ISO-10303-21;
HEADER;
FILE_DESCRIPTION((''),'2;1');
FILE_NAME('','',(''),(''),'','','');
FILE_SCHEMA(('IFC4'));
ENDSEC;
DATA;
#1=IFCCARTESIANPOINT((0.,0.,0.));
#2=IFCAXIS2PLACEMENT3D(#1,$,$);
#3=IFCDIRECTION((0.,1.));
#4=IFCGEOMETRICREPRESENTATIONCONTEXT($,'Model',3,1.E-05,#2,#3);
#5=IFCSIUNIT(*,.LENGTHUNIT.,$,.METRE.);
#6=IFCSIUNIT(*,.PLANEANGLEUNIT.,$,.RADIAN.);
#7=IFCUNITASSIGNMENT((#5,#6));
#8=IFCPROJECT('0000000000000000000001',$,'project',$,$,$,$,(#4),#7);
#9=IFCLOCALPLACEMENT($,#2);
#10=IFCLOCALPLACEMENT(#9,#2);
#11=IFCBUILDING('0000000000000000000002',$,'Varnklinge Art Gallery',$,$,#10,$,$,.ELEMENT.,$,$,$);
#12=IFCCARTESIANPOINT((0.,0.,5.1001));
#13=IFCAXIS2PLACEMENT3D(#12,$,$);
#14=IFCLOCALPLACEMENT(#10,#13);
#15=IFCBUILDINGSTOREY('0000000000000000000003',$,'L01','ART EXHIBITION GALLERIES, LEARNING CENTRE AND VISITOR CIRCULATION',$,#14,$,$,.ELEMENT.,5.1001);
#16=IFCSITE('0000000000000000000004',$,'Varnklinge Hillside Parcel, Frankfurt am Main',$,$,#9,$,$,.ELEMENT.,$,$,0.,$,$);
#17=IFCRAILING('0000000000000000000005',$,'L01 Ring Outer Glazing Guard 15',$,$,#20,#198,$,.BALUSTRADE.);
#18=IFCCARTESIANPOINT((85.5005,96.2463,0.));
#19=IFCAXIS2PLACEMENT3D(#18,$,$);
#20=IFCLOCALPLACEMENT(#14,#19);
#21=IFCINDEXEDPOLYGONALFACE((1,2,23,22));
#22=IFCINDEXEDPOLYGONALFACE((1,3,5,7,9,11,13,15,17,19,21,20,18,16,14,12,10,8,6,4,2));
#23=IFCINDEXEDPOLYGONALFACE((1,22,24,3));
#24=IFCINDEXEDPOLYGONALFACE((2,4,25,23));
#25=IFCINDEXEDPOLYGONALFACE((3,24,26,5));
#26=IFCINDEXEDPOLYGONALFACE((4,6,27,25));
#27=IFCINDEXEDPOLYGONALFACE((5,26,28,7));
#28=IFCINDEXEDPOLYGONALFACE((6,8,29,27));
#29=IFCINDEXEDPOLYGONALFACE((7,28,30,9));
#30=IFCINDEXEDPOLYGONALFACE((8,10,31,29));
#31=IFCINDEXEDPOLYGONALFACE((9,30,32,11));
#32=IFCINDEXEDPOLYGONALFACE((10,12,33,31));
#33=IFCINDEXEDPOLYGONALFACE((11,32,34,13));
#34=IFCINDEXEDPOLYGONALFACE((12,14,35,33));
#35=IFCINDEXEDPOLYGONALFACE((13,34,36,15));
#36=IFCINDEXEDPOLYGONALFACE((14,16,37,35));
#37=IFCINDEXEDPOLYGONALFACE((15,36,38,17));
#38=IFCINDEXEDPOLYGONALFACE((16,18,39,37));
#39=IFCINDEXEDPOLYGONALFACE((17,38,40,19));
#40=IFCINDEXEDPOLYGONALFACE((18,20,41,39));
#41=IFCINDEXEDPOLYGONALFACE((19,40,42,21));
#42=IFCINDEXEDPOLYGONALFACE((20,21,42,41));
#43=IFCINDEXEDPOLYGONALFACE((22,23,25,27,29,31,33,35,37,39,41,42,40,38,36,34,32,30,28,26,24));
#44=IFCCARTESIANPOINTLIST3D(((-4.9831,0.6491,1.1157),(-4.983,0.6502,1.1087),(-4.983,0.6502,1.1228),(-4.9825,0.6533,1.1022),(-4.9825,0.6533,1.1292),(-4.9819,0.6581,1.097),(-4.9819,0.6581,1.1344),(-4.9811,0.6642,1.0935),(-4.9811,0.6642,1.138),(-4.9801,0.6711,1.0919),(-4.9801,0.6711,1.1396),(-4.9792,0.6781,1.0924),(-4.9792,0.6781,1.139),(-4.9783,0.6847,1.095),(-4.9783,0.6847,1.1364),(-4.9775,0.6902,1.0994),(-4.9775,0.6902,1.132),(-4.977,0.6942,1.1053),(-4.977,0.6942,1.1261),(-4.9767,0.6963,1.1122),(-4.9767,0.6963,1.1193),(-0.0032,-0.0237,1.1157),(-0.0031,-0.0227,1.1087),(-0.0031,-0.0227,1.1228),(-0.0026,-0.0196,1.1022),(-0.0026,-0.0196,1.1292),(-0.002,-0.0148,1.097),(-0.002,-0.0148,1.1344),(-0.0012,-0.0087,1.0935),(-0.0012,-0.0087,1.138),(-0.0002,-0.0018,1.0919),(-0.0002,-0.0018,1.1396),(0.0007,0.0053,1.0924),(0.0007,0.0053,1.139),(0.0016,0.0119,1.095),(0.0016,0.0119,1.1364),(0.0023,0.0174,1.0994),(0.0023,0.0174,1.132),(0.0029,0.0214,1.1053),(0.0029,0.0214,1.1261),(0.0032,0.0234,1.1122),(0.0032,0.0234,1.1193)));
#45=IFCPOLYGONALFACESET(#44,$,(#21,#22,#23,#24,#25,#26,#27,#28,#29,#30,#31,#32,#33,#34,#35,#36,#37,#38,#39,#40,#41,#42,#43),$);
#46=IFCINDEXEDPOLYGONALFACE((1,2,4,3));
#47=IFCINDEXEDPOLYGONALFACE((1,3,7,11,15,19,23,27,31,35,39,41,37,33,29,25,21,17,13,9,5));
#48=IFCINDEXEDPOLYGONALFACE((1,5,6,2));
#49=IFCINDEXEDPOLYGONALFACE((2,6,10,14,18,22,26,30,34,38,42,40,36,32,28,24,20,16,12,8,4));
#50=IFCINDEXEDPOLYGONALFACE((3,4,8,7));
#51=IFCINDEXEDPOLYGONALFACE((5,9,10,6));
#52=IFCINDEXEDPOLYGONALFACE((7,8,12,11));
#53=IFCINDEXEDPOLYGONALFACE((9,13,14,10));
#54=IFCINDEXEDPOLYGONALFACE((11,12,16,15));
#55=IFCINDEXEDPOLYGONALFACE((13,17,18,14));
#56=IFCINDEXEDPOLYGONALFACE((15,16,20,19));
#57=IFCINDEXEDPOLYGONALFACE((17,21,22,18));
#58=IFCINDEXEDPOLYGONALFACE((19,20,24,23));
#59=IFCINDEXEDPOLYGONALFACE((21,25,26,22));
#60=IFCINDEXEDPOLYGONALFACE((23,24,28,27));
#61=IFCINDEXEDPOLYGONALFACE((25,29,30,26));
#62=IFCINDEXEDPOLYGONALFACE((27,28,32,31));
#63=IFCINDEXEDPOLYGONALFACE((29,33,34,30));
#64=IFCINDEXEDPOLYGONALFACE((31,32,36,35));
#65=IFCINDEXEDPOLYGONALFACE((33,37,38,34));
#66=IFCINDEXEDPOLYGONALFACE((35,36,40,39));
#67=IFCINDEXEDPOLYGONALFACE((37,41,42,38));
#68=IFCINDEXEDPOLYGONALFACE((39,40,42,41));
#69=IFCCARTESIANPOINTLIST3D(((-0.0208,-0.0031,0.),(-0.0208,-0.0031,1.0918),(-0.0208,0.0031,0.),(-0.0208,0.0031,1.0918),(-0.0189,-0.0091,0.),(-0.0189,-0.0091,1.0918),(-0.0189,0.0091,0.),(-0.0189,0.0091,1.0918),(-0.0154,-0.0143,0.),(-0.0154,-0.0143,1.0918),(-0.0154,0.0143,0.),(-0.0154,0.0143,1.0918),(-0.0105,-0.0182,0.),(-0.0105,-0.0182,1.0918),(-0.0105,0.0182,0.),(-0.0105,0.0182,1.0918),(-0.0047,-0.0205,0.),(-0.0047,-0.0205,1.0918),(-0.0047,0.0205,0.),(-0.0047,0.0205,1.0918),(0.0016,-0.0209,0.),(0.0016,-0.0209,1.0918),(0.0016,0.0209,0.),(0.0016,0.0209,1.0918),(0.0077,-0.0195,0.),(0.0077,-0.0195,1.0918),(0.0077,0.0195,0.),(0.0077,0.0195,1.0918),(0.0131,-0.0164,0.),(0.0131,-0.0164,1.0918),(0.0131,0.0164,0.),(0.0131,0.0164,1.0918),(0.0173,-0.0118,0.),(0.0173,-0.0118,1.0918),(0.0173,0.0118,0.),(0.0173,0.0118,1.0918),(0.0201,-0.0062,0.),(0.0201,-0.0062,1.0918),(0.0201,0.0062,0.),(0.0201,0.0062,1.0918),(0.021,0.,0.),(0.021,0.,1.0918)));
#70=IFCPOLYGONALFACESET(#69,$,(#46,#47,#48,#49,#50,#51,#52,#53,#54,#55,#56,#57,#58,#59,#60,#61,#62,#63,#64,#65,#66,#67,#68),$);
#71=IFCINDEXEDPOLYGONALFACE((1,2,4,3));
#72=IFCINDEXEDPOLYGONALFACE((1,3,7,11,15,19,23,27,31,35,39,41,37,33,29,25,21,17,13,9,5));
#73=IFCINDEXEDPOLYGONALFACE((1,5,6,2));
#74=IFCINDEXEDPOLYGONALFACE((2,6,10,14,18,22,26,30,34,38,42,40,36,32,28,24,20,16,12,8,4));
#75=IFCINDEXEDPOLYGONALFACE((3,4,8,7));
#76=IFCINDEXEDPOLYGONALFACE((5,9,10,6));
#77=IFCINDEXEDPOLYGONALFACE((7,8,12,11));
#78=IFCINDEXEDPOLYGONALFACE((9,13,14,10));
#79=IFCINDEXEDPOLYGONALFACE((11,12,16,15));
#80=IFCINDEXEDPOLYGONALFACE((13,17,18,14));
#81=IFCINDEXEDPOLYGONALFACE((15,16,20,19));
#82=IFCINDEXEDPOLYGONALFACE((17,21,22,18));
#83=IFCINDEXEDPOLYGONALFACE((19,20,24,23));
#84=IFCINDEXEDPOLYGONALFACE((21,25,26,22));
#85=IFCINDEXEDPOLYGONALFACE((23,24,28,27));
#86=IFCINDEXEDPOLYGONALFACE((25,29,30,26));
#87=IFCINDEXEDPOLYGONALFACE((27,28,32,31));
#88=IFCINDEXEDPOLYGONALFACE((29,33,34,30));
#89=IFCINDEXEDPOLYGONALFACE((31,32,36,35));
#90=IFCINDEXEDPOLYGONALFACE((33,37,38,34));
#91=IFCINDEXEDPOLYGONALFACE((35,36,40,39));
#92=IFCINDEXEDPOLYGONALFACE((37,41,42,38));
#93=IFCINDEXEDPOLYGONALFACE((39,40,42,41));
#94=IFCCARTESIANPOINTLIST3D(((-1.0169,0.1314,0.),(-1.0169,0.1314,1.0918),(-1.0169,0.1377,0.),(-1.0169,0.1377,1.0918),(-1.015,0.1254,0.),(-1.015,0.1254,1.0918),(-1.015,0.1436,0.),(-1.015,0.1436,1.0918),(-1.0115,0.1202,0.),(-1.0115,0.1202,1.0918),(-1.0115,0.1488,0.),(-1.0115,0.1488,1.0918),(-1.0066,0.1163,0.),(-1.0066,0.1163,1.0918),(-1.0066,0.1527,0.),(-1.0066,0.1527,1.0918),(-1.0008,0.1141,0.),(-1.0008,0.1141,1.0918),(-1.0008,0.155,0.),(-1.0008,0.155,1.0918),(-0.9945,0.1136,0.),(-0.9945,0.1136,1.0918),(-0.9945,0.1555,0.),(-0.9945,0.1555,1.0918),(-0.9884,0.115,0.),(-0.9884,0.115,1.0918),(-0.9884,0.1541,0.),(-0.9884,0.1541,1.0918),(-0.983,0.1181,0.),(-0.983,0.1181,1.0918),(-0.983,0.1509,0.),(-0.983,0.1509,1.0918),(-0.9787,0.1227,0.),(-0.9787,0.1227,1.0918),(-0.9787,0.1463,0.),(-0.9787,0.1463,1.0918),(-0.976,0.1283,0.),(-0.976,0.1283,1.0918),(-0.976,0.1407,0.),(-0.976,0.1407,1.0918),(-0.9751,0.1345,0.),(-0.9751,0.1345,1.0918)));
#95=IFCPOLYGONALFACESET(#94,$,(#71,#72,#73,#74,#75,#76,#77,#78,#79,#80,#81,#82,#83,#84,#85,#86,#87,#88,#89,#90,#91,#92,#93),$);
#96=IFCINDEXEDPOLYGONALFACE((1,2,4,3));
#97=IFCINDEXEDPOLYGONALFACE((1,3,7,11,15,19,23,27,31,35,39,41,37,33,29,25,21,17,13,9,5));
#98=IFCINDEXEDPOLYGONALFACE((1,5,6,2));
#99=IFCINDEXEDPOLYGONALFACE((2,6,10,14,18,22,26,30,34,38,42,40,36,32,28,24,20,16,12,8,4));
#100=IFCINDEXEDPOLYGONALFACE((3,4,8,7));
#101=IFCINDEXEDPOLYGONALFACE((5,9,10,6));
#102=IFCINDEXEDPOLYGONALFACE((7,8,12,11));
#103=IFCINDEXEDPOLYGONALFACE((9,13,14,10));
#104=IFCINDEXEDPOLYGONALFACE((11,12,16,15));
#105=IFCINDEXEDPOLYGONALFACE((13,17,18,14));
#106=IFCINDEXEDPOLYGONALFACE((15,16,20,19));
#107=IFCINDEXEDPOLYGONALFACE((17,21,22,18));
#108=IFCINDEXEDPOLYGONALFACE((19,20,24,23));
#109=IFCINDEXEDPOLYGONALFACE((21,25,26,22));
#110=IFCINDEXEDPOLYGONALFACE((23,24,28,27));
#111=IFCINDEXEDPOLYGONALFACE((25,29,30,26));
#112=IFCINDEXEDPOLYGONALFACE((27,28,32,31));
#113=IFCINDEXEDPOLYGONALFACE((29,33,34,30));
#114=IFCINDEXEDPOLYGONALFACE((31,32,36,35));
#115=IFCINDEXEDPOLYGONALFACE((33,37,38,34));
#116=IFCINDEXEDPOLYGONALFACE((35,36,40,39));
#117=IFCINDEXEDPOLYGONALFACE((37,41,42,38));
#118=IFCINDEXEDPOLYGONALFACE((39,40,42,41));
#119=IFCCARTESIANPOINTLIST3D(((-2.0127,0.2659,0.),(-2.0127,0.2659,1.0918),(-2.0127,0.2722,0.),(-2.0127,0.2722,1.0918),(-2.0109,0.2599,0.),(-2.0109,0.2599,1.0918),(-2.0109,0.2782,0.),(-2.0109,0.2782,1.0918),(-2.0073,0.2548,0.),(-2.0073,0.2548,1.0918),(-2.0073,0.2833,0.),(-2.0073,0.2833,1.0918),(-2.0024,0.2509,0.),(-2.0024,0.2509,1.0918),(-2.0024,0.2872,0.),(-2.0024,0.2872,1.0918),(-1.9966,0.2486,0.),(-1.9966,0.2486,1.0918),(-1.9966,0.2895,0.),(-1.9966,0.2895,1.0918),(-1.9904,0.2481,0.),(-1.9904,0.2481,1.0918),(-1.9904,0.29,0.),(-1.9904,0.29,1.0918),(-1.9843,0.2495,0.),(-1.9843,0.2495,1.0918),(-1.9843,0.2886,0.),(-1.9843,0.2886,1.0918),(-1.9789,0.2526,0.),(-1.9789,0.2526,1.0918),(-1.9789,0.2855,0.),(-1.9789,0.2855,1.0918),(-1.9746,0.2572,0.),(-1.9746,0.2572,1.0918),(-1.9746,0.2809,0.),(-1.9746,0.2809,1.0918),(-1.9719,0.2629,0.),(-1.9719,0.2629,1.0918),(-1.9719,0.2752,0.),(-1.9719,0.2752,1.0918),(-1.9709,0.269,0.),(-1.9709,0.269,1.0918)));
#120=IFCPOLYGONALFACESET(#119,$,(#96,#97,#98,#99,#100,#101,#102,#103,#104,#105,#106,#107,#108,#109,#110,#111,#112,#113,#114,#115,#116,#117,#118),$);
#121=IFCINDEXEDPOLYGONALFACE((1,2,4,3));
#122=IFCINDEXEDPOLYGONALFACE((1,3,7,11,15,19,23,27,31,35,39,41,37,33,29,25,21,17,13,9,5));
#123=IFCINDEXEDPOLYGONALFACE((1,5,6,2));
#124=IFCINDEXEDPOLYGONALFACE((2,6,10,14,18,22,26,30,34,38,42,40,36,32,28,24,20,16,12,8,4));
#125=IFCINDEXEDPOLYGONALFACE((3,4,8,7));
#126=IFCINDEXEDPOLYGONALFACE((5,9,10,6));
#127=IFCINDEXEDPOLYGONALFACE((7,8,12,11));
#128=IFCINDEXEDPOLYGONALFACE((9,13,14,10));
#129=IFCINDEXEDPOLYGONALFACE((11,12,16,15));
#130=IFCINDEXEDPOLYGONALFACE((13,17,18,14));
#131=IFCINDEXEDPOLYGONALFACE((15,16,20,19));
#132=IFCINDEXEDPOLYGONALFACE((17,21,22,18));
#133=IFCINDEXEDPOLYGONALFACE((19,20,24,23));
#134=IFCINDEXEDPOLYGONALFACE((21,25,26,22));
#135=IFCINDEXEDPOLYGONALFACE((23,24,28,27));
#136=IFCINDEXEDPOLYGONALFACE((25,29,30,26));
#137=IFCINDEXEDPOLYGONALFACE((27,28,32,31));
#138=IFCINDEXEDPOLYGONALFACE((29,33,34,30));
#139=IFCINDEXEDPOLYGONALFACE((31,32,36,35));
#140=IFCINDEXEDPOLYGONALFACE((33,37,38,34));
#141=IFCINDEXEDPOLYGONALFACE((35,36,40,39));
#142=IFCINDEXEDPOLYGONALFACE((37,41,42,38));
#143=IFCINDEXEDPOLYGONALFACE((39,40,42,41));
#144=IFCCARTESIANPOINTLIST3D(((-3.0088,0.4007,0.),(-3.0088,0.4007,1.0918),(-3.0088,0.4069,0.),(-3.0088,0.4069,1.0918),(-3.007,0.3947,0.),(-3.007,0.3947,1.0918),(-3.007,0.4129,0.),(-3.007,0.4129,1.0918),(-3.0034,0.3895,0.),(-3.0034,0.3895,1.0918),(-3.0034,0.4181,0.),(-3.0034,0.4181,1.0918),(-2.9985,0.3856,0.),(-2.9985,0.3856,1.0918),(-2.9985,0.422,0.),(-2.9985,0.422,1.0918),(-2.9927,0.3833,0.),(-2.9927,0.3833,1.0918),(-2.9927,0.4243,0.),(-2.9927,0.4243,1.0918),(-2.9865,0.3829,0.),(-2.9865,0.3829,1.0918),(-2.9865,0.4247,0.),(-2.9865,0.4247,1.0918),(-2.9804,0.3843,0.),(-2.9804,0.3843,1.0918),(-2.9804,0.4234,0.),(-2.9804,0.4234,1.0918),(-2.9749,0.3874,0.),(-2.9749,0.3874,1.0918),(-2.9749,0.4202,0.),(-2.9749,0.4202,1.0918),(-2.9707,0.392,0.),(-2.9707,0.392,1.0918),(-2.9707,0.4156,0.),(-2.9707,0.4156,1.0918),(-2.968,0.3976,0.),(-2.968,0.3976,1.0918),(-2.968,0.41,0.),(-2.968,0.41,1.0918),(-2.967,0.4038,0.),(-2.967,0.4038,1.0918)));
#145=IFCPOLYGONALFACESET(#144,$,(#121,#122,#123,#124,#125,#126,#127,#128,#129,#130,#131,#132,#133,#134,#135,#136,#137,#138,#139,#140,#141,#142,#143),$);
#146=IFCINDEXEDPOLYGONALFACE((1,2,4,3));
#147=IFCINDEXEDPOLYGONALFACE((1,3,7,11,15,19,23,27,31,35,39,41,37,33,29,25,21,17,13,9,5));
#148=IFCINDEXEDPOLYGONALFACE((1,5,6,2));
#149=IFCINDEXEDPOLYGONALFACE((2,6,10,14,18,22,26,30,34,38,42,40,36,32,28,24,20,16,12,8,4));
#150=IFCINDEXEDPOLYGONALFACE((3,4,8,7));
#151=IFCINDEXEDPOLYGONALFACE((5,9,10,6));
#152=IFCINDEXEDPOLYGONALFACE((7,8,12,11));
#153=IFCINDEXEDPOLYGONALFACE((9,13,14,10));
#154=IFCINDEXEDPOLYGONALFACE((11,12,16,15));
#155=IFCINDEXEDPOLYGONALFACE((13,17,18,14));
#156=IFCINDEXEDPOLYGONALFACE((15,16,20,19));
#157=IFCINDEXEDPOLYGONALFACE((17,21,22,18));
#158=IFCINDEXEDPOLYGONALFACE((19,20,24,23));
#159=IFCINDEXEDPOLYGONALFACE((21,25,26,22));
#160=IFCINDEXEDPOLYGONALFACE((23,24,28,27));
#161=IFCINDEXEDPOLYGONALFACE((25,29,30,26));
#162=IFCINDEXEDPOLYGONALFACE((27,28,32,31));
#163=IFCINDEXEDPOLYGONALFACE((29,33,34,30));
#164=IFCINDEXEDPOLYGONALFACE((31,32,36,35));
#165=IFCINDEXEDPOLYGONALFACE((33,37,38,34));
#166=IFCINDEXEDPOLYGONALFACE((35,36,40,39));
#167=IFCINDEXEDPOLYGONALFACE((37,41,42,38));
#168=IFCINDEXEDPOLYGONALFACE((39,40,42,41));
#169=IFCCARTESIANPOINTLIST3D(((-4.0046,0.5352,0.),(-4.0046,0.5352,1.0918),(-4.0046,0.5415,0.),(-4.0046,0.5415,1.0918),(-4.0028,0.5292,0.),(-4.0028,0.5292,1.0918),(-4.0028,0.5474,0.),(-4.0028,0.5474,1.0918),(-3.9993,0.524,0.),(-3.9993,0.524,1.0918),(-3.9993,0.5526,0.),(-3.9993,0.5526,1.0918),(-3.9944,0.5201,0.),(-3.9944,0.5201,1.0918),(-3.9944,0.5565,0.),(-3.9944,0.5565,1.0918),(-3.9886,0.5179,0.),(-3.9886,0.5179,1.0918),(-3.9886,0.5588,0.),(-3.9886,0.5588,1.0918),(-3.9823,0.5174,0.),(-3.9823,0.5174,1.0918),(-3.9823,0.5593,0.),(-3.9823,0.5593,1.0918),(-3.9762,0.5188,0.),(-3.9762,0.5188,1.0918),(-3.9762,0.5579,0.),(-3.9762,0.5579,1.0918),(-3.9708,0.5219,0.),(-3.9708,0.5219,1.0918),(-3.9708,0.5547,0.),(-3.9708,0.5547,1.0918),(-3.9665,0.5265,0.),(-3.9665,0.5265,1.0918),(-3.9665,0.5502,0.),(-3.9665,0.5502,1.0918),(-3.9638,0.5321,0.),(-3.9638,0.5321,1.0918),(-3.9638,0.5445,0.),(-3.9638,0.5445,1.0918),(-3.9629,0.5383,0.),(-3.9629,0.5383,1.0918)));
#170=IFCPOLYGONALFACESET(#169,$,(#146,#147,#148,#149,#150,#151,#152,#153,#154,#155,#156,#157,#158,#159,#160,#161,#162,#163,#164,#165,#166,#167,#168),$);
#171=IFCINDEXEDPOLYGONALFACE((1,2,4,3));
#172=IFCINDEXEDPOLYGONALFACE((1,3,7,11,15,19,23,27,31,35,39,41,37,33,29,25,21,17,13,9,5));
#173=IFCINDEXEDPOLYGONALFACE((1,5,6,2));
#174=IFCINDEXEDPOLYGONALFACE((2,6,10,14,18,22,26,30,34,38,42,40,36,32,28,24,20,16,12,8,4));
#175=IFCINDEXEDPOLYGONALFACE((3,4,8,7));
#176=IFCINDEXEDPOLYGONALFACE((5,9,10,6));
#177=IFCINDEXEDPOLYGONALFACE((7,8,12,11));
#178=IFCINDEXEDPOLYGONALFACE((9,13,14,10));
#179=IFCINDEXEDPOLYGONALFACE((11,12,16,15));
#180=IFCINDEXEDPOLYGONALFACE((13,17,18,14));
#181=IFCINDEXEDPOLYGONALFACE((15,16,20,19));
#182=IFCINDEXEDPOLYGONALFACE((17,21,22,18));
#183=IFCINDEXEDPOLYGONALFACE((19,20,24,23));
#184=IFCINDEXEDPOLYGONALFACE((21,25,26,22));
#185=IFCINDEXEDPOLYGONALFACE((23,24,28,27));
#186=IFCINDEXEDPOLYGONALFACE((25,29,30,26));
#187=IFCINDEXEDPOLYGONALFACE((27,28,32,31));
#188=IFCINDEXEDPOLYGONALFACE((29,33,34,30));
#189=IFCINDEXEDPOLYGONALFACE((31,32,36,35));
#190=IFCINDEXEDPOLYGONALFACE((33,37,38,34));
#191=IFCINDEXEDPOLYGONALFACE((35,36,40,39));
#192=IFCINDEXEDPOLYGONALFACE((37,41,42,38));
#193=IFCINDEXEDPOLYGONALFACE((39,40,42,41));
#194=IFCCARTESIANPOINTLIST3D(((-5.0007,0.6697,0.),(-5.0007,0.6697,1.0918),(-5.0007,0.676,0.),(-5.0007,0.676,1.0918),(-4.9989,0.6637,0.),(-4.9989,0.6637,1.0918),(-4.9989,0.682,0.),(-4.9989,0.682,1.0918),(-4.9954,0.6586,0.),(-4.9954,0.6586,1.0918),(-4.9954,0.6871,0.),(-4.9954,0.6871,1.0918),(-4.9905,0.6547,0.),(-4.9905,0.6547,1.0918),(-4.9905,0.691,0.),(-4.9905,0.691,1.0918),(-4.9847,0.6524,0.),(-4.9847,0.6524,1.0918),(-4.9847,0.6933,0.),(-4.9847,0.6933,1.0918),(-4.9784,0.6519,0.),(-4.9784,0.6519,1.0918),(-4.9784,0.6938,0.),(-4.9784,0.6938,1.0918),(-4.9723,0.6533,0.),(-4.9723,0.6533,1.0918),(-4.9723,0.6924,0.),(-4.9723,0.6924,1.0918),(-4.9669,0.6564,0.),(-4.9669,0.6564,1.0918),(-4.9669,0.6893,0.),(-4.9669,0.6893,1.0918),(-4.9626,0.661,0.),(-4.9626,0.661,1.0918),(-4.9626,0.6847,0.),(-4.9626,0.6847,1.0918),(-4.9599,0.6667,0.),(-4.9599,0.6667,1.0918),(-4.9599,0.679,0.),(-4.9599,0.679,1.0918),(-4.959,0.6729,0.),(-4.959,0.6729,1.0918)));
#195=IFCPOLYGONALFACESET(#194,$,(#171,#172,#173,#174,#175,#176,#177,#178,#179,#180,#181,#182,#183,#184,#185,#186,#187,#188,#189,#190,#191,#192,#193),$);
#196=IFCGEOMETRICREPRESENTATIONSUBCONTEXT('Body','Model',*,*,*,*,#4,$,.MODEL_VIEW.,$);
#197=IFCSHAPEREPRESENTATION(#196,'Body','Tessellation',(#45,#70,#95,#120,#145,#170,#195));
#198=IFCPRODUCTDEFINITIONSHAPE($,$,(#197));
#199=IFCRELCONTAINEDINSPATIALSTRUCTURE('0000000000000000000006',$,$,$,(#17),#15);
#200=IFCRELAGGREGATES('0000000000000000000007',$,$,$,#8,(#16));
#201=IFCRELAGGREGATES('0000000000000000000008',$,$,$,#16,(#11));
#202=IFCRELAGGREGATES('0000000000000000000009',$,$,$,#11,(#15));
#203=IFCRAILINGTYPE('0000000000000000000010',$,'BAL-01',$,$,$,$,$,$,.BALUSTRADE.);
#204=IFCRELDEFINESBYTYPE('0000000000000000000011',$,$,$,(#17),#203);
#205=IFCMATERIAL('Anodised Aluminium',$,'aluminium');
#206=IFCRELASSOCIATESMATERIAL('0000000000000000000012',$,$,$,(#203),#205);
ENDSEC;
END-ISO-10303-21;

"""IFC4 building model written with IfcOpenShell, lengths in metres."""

from ifc_helpers import new_model, si_unit, direction, frame, origin, origin_2d, place, context, subcontext, project, spatial, circle, extrude, material, type_object, element, save


model = new_model("IFC4")

# Units and contexts
model_context = context("Model", 3, precision=1e-05, world=origin(), true_north=direction((0.0, 1.0)))
body_context = subcontext(model_context, "Body", "Model", "MODEL_VIEW")
ifc_project = project(units=[si_unit("LENGTHUNIT", "METRE"), si_unit("PLANEANGLEUNIT", "RADIAN")], contexts=[model_context])

# Site, building, storey
site_placement = place(None, origin())
site = spatial("IfcSite", under=ifc_project, at=site_placement, Name="Varnklinge Hillside Parcel, Frankfurt am Main", CompositionType="ELEMENT", RefElevation=0.0)
building_placement = place(site_placement, origin())
building = spatial("IfcBuilding", under=site, at=building_placement, Name="Varnklinge Art Gallery", CompositionType="ELEMENT")
storey_placement = place(building_placement, frame((0.0, 0.0, 5.1001)))
storey = spatial("IfcBuildingStorey", under=building, at=storey_placement, Name="L01", Description="ART EXHIBITION GALLERIES, LEARNING CENTRE AND VISITOR CIRCULATION", CompositionType="ELEMENT", Elevation=5.1001)

# Railing
ifc_material_1 = material(Name="Anodised Aluminium", Category="aluminium")
railing_type = type_object("IfcRailingType", Name="BAL-01", PredefinedType="BALUSTRADE", material=ifc_material_1)
railing_placement = place(storey_placement, frame((85.5005, 96.2463, 0.0)))
element("IfcRailing", 1, at=railing_placement, inside=storey, type_object=railing_type, Name="L01 Ring Outer Glazing Guard 15", PredefinedType="BALUSTRADE", context=body_context, shape_type="SweptSolid", body=[
    extrude(circle(Radius=0.0239, at=origin_2d()), frame((0.0, 0.0, 1.1157), z_axis=(-0.990996, 0.133895, 0.0), x_axis=(-0.133895, -0.990996, 0.0)), (0.0, 0.0, 1.0), 5.0251),
    extrude(circle(Radius=0.021, at=origin_2d()), origin(), (0.0, 0.0, 1.0), 1.0918),
    extrude(circle(Radius=0.021, at=origin_2d()), frame((-0.9961, 0.1345, 0.0)), (0.0, 0.0, 1.0), 1.0918),
    extrude(circle(Radius=0.021, at=origin_2d()), frame((-1.9919, 0.269, 0.0)), (0.0, 0.0, 1.0), 1.0918),
    extrude(circle(Radius=0.021, at=origin_2d()), frame((-2.988, 0.4038, 0.0)), (0.0, 0.0, 1.0), 1.0918),
    extrude(circle(Radius=0.021, at=origin_2d()), frame((-3.9839, 0.5383, 0.0)), (0.0, 0.0, 1.0), 1.0918),
    extrude(circle(Radius=0.021, at=origin_2d()), frame((-4.98, 0.6729, 0.0)), (0.0, 0.0, 1.0), 1.0918),
])

save(model, "model.ifc")
